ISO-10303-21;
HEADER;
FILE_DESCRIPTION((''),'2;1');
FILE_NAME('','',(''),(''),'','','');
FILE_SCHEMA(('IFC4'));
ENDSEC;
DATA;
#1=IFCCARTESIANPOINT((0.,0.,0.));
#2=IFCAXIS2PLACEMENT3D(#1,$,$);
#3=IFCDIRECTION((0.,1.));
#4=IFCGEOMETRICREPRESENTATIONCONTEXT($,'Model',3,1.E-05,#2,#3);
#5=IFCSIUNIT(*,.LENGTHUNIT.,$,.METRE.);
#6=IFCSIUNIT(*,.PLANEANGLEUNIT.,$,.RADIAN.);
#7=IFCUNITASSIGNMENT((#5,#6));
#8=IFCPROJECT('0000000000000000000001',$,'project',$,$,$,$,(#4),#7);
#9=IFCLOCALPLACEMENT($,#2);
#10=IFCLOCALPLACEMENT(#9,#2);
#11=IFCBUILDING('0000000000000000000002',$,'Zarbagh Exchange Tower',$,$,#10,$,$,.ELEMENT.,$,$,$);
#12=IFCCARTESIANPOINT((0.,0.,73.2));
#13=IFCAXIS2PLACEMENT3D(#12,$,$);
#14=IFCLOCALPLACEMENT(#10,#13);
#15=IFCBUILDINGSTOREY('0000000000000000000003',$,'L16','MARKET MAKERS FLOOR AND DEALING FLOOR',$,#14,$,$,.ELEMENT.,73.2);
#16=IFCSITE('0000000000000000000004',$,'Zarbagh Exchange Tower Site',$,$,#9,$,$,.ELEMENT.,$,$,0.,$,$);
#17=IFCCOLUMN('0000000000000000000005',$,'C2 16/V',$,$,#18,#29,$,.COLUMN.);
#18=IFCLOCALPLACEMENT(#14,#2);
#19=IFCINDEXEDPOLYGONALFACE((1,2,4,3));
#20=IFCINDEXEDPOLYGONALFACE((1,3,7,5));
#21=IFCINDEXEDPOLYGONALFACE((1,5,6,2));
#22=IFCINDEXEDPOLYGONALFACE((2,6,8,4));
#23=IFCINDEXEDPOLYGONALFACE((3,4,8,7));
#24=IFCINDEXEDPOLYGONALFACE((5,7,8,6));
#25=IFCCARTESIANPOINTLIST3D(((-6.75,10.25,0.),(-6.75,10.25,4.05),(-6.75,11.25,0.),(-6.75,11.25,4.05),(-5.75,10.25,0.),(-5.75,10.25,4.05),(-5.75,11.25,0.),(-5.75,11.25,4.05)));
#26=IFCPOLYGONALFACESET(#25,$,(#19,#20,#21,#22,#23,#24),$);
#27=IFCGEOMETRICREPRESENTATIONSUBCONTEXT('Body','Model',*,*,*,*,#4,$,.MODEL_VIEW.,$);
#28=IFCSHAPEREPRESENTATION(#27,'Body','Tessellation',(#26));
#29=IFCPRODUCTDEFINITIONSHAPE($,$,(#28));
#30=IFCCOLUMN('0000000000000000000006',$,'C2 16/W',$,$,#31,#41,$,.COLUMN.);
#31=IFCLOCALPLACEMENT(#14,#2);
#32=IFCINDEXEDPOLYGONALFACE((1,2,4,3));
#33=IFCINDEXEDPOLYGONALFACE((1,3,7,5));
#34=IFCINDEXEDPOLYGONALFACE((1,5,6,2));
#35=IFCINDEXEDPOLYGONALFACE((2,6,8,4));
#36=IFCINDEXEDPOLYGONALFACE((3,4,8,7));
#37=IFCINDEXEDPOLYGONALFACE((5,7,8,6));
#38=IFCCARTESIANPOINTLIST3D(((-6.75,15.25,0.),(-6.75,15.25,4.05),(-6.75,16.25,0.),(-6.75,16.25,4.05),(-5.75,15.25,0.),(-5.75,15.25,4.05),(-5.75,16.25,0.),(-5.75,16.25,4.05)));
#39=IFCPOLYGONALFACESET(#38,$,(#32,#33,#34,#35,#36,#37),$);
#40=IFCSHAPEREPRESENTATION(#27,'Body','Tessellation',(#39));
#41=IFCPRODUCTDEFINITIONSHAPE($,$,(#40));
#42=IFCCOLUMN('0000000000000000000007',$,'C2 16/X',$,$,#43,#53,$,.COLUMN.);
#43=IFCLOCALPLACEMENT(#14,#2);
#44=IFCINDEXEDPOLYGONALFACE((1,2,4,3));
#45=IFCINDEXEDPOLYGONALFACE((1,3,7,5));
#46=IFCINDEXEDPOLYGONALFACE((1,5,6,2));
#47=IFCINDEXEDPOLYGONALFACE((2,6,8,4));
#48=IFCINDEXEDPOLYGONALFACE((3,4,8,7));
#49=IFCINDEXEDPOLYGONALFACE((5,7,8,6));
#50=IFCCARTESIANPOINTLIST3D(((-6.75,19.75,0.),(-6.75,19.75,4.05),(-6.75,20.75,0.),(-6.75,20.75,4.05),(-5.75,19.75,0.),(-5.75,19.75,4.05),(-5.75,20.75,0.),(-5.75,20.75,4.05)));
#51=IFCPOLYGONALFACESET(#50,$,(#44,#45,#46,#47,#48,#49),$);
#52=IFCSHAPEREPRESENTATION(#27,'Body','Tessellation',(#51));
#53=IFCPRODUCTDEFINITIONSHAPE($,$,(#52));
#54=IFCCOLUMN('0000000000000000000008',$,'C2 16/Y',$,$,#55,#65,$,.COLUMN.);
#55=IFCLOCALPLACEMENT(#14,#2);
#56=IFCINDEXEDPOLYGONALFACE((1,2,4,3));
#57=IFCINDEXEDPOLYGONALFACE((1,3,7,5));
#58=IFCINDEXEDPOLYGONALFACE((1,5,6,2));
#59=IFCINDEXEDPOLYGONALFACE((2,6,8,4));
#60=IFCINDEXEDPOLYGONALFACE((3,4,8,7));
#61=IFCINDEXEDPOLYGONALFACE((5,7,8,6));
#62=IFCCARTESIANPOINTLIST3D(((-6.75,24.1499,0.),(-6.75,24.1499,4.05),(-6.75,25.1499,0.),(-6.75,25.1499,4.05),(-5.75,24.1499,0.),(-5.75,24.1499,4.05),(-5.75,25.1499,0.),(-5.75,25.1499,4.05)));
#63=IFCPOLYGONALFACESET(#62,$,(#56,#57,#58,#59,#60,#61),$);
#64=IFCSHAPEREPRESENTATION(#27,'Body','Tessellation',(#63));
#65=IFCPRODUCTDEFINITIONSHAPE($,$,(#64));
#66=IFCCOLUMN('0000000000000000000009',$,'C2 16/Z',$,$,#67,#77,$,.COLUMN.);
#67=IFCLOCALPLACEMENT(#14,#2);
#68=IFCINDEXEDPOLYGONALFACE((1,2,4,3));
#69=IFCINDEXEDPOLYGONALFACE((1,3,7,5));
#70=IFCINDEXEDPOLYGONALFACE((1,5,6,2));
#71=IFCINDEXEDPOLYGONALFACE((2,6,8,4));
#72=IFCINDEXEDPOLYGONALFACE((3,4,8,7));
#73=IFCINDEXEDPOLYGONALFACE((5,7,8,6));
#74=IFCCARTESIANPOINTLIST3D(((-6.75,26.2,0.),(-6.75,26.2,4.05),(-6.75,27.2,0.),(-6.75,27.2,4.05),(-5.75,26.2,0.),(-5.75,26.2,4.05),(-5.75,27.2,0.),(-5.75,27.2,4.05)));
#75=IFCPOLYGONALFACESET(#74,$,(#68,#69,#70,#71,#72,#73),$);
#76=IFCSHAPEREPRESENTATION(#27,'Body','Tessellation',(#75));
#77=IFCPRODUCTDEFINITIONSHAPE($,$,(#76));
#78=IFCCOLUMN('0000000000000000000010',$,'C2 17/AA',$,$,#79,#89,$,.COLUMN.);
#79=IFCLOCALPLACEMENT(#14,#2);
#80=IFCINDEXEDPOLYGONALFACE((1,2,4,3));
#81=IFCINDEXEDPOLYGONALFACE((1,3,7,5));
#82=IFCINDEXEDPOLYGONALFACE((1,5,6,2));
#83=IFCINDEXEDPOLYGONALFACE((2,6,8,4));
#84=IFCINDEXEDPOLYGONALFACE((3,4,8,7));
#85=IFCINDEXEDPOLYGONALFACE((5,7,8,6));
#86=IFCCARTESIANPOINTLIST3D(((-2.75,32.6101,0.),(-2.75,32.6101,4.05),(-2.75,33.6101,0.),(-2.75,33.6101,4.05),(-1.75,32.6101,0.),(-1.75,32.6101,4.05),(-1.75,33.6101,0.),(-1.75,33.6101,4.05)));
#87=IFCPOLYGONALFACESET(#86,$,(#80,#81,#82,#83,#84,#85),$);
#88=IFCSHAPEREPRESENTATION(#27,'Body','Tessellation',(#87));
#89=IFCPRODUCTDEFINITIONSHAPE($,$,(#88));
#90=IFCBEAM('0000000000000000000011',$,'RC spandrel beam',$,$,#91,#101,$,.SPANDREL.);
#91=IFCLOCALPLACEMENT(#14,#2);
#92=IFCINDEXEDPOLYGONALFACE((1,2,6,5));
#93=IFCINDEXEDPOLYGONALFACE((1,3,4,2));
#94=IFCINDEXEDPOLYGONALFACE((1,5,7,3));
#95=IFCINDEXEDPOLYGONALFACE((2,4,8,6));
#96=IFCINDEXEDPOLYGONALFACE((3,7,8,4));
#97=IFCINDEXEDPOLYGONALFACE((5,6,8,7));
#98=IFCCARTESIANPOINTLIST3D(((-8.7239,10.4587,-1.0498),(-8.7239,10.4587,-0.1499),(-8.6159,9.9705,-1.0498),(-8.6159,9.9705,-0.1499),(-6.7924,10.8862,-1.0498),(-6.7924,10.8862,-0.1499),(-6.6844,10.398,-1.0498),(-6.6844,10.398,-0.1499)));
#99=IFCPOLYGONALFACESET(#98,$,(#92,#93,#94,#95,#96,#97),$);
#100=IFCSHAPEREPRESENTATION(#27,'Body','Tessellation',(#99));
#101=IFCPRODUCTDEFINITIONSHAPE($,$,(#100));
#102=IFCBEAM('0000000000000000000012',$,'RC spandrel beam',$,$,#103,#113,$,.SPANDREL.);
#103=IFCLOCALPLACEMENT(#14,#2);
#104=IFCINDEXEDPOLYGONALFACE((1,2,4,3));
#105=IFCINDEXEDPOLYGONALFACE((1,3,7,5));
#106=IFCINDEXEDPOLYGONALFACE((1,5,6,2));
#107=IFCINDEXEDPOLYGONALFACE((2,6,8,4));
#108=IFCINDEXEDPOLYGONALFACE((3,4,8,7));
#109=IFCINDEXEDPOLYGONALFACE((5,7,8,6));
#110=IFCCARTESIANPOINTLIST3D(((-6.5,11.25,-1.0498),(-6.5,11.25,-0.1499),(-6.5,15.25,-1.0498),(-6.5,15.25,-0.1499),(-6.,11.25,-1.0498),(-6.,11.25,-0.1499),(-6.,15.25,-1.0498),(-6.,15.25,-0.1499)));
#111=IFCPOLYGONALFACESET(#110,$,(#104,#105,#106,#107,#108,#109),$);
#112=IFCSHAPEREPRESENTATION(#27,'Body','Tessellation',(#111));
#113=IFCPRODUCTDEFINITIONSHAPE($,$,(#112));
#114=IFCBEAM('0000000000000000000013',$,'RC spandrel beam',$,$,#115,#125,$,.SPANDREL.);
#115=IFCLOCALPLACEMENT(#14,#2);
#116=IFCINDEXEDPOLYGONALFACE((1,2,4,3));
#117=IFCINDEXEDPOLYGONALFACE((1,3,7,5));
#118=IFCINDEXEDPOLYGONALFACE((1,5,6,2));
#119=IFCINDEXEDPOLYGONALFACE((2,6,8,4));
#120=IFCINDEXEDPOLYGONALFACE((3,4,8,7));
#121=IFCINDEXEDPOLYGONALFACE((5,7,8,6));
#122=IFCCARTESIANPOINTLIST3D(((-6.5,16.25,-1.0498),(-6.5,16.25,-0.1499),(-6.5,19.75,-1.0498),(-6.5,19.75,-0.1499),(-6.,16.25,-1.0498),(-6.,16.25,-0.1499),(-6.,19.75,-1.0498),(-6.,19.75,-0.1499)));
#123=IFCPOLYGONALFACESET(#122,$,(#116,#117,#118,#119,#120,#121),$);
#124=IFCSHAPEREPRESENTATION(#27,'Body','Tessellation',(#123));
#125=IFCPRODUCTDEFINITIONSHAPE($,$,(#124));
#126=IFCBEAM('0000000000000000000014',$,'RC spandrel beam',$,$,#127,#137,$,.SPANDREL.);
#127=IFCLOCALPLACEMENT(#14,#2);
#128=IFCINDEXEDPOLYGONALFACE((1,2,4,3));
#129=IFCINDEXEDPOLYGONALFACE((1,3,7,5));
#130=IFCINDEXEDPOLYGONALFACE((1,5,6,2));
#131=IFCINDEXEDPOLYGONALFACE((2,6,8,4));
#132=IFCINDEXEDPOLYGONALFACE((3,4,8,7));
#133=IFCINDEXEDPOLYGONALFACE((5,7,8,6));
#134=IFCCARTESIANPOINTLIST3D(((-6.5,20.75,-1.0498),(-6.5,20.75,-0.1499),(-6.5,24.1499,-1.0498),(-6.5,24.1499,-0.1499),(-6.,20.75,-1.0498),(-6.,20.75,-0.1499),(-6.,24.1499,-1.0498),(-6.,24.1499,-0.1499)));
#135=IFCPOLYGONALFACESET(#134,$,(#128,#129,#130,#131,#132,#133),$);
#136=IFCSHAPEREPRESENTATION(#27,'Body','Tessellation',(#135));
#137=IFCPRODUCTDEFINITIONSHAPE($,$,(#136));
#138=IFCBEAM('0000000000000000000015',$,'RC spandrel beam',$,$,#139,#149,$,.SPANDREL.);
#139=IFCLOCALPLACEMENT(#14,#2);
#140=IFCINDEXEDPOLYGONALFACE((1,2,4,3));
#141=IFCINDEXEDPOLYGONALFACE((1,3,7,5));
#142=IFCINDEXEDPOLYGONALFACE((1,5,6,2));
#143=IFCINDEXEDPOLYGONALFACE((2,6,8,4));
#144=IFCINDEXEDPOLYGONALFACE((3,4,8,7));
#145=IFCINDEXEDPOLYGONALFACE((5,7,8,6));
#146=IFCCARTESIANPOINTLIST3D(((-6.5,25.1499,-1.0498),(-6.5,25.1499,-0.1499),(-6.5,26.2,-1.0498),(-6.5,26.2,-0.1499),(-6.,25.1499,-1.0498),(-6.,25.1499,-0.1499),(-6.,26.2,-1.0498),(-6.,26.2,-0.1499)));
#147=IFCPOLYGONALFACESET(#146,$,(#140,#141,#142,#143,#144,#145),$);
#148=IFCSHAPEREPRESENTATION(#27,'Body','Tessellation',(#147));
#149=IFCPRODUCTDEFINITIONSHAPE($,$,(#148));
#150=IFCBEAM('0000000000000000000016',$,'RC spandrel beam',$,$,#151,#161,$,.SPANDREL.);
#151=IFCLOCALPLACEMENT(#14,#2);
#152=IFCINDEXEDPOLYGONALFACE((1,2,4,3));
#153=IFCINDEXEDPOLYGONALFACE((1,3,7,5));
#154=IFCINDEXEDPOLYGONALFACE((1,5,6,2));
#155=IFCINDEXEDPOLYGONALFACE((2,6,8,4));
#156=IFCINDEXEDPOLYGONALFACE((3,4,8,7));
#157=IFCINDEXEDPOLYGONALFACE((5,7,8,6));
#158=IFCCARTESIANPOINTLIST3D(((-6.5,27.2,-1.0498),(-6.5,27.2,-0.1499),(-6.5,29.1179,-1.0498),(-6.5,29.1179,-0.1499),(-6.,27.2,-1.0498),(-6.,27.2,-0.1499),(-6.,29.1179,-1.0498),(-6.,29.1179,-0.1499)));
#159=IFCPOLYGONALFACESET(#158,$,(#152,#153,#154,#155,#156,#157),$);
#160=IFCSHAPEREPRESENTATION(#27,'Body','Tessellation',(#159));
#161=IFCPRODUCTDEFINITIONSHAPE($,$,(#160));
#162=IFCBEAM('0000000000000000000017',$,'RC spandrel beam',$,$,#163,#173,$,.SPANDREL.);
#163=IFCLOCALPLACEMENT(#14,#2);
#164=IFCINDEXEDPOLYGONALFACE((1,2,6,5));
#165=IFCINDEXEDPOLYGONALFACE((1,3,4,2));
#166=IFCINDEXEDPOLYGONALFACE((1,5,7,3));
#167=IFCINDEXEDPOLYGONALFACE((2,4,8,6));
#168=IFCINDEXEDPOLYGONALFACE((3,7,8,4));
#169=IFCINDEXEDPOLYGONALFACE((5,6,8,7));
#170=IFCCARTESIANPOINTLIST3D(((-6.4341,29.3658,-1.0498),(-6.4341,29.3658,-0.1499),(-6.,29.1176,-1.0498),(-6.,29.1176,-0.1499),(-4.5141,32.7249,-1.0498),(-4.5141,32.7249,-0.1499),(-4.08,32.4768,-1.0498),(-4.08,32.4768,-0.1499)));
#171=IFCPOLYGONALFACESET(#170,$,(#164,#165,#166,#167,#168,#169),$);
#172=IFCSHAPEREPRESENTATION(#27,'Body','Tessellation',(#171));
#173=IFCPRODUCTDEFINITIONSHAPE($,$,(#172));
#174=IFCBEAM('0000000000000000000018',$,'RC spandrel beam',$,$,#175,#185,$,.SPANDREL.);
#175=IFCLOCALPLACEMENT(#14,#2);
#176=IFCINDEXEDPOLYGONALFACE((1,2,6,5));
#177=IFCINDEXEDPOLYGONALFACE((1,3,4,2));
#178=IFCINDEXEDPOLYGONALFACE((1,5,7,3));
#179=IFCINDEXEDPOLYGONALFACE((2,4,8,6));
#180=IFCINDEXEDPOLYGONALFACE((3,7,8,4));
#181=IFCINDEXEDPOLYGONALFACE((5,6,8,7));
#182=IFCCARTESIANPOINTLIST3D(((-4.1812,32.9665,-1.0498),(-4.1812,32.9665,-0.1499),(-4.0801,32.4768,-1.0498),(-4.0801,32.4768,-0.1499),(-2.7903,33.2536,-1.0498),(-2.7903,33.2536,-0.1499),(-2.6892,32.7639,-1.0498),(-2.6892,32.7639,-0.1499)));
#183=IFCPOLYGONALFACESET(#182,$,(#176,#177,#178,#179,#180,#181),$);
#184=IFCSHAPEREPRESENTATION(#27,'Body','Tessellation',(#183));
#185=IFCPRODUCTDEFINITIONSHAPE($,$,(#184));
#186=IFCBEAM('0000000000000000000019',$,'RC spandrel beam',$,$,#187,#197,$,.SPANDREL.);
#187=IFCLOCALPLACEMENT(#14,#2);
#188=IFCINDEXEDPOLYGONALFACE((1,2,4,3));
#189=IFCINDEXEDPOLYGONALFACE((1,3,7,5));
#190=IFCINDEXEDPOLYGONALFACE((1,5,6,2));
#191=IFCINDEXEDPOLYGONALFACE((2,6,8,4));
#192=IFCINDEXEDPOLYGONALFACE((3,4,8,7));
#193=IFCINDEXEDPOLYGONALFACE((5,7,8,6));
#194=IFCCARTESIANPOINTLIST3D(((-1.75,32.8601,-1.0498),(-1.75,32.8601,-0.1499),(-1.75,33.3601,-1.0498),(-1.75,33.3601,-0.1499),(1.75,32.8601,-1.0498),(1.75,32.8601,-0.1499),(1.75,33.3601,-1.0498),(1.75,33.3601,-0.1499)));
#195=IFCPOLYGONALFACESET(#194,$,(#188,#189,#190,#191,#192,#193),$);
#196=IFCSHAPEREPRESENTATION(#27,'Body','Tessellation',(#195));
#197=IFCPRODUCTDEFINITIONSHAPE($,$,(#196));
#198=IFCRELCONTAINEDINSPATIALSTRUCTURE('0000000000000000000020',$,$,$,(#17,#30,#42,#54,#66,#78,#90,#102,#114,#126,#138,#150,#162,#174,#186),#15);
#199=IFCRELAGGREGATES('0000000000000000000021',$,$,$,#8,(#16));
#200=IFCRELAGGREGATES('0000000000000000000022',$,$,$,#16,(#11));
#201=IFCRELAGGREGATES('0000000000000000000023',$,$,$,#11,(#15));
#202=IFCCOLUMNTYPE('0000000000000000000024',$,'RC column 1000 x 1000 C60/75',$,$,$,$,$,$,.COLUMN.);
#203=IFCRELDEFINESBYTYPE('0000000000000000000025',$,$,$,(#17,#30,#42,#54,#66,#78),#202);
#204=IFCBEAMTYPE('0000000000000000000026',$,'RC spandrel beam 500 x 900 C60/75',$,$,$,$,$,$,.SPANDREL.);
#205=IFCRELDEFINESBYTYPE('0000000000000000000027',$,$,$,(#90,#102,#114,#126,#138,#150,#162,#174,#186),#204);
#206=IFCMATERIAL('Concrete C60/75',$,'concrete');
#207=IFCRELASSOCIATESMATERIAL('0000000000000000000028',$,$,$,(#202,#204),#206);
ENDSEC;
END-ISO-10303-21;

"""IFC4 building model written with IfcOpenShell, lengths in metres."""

from ifc_helpers import new_model, si_unit, direction, frame, origin, origin_2d, place, context, subcontext, project, spatial, rectangle, extrude, material, material_profile, profile_set, type_object, element, save


model = new_model("IFC4")

# Units and contexts
model_context = context("Model", 3, precision=1e-05, world=origin(), true_north=direction((0.0, 1.0)))
body_context = subcontext(model_context, "Body", "Model", "MODEL_VIEW")
ifc_project = project(units=[si_unit("LENGTHUNIT", "METRE"), si_unit("PLANEANGLEUNIT", "RADIAN")], contexts=[model_context])

# Site, building, storey
site_placement = place(None, origin())
site = spatial("IfcSite", under=ifc_project, at=site_placement, Name="Zarbagh Exchange Tower Site", CompositionType="ELEMENT", RefElevation=0.0)
building_placement = place(site_placement, origin())
building = spatial("IfcBuilding", under=site, at=building_placement, Name="Zarbagh Exchange Tower", CompositionType="ELEMENT")
storey_placement = place(building_placement, frame((0.0, 0.0, 73.2)))
storey = spatial("IfcBuildingStorey", under=building, at=storey_placement, Name="L16", Description="MARKET MAKERS FLOOR AND DEALING FLOOR", CompositionType="ELEMENT", Elevation=73.2)

# Columns
ifc_material_1 = material(Name="Concrete C60/75", Category="concrete")
ifc_material_profile_1 = material_profile(ifc_material_1, rectangle(XDim=1.0, YDim=1.0, at=origin_2d()), Name="RC column 1000 x 1000 C60/75")
ifc_profile_set_1 = profile_set([ifc_material_profile_1], Name="Concrete C60/75")
column_type = type_object("IfcColumnType", Name="RC column 1000 x 1000 C60/75", PredefinedType="COLUMN", material=ifc_profile_set_1)
for number, where, z_axis, x_axis, name in (
    (1, (-6.25, 10.75, 0.0), (0.0, 0.0, 1.0), (1.0, 0.0, 0.0), "C2 16/V"),
    (2, (-6.25, 15.75, 0.0), (0.0, 0.0, 1.0), (1.0, 0.0, 0.0), "C2 16/W"),
    (3, (-6.25, 20.25, 0.0), (0.0, 0.0, 1.0), (1.0, 0.0, 0.0), "C2 16/X"),
    (4, (-6.25, 24.6499, 0.0), (0.0, 0.0, 1.0), (1.0, 0.0, 0.0), "C2 16/Y"),
    (5, (-6.25, 26.7, 0.0), (0.0, 0.0, 1.0), (1.0, 0.0, 0.0), "C2 16/Z"),
    (6, (-2.25, 33.1101, 0.0), (0.0, 0.0, 1.0), (1.0, 0.0, 0.0), "C2 17/AA"),
):
    element("IfcColumn", number, at=place(storey_placement, frame(where, z_axis=z_axis, x_axis=x_axis)), inside=storey, type_object=column_type, Name=name, PredefinedType="COLUMN", context=body_context, shape_type="SweptSolid", body=[
        extrude(rectangle(XDim=1.0, YDim=1.0, at=origin_2d()), origin(), (0.0, 0.0, 1.0), 4.05),
    ])

# Beams
ifc_material_profile_2 = material_profile(ifc_material_1, rectangle(XDim=0.5, YDim=0.8999, at=origin_2d()), Name="RC spandrel beam 500 x 900 C60/75")
ifc_profile_set_2 = profile_set([ifc_material_profile_2], Name="Concrete C60/75")
beam_type = type_object("IfcBeamType", Name="RC spandrel beam 500 x 900 C60/75", PredefinedType="SPANDREL", material=ifc_profile_set_2)
beam_1_placement = place(storey_placement, frame((-8.6699, 10.2146, -0.5999), z_axis=(0.976375, 0.216081, 0.0), x_axis=(-0.216081, 0.976375, 0.0)))
element("IfcBeam", 7, at=beam_1_placement, inside=storey, type_object=beam_type, Name="RC spandrel beam", PredefinedType="SPANDREL", context=body_context, shape_type="SweptSolid", body=[
    extrude(rectangle(XDim=0.5, YDim=0.8999, at=origin_2d()), origin(), (0.0, 0.0, 1.0), 1.9783),
])
beam_2_placement = place(storey_placement, frame((-6.25, 11.25, -0.5999), z_axis=(0.0, 1.0, 0.0), x_axis=(-1.0, 0.0, 0.0)))
element("IfcBeam", 8, at=beam_2_placement, inside=storey, type_object=beam_type, Name="RC spandrel beam", PredefinedType="SPANDREL", context=body_context, shape_type="SweptSolid", body=[
    extrude(rectangle(XDim=0.5, YDim=0.8999, at=origin_2d()), origin(), (0.0, 0.0, 1.0), 4.0),
])
beam_3_placement = place(storey_placement, frame((-6.25, 16.25, -0.5999), z_axis=(0.0, 1.0, 0.0), x_axis=(-1.0, 0.0, 0.0)))
element("IfcBeam", 9, at=beam_3_placement, inside=storey, type_object=beam_type, Name="RC spandrel beam", PredefinedType="SPANDREL", context=body_context, shape_type="SweptSolid", body=[
    extrude(rectangle(XDim=0.5, YDim=0.8999, at=origin_2d()), origin(), (0.0, 0.0, 1.0), 3.5),
])
beam_4_placement = place(storey_placement, frame((-6.25, 20.75, -0.5999), z_axis=(0.0, 1.0, 0.0), x_axis=(-1.0, 0.0, 0.0)))
element("IfcBeam", 10, at=beam_4_placement, inside=storey, type_object=beam_type, Name="RC spandrel beam", PredefinedType="SPANDREL", context=body_context, shape_type="SweptSolid", body=[
    extrude(rectangle(XDim=0.5, YDim=0.8999, at=origin_2d()), origin(), (0.0, 0.0, 1.0), 3.3999),
])
beam_5_placement = place(storey_placement, frame((-6.25, 25.1499, -0.5999), z_axis=(0.0, 1.0, 0.0), x_axis=(-1.0, 0.0, 0.0)))
element("IfcBeam", 11, at=beam_5_placement, inside=storey, type_object=beam_type, Name="RC spandrel beam", PredefinedType="SPANDREL", context=body_context, shape_type="SweptSolid", body=[
    extrude(rectangle(XDim=0.5, YDim=0.8999, at=origin_2d()), origin(), (0.0, 0.0, 1.0), 1.05),
])
beam_6_placement = place(storey_placement, frame((-6.25, 27.2, -0.5999), z_axis=(0.0, 1.0, 0.0), x_axis=(-1.0, 0.0, 0.0)))
element("IfcBeam", 12, at=beam_6_placement, inside=storey, type_object=beam_type, Name="RC spandrel beam", PredefinedType="SPANDREL", context=body_context, shape_type="SweptSolid", body=[
    extrude(rectangle(XDim=0.5, YDim=0.8999, at=origin_2d()), origin(), (0.0, 0.0, 1.0), 1.918),
])
beam_7_placement = place(storey_placement, frame((-6.217, 29.2417, -0.5999), z_axis=(0.49622, 0.868197, 0.0), x_axis=(-0.868197, 0.49622, 0.0)))
element("IfcBeam", 13, at=beam_7_placement, inside=storey, type_object=beam_type, Name="RC spandrel beam", PredefinedType="SPANDREL", context=body_context, shape_type="SweptSolid", body=[
    extrude(rectangle(XDim=0.5, YDim=0.8999, at=origin_2d()), origin(), (0.0, 0.0, 1.0), 3.8691),
])
beam_8_placement = place(storey_placement, frame((-4.1306, 32.7217, -0.5999), z_axis=(0.979352, 0.202162, 0.0), x_axis=(-0.202162, 0.979352, 0.0)))
element("IfcBeam", 14, at=beam_8_placement, inside=storey, type_object=beam_type, Name="RC spandrel beam", PredefinedType="SPANDREL", context=body_context, shape_type="SweptSolid", body=[
    extrude(rectangle(XDim=0.5, YDim=0.8999, at=origin_2d()), origin(), (0.0, 0.0, 1.0), 1.4202),
])
beam_9_placement = place(storey_placement, frame((-1.75, 33.1101, -0.5999), z_axis=(1.0, 0.0, 0.0), x_axis=(0.0, 1.0, 0.0)))
element("IfcBeam", 15, at=beam_9_placement, inside=storey, type_object=beam_type, Name="RC spandrel beam", PredefinedType="SPANDREL", context=body_context, shape_type="SweptSolid", body=[
    extrude(rectangle(XDim=0.5, YDim=0.8999, at=origin_2d()), origin(), (0.0, 0.0, 1.0), 3.5),
])

save(model, "model.ifc")
